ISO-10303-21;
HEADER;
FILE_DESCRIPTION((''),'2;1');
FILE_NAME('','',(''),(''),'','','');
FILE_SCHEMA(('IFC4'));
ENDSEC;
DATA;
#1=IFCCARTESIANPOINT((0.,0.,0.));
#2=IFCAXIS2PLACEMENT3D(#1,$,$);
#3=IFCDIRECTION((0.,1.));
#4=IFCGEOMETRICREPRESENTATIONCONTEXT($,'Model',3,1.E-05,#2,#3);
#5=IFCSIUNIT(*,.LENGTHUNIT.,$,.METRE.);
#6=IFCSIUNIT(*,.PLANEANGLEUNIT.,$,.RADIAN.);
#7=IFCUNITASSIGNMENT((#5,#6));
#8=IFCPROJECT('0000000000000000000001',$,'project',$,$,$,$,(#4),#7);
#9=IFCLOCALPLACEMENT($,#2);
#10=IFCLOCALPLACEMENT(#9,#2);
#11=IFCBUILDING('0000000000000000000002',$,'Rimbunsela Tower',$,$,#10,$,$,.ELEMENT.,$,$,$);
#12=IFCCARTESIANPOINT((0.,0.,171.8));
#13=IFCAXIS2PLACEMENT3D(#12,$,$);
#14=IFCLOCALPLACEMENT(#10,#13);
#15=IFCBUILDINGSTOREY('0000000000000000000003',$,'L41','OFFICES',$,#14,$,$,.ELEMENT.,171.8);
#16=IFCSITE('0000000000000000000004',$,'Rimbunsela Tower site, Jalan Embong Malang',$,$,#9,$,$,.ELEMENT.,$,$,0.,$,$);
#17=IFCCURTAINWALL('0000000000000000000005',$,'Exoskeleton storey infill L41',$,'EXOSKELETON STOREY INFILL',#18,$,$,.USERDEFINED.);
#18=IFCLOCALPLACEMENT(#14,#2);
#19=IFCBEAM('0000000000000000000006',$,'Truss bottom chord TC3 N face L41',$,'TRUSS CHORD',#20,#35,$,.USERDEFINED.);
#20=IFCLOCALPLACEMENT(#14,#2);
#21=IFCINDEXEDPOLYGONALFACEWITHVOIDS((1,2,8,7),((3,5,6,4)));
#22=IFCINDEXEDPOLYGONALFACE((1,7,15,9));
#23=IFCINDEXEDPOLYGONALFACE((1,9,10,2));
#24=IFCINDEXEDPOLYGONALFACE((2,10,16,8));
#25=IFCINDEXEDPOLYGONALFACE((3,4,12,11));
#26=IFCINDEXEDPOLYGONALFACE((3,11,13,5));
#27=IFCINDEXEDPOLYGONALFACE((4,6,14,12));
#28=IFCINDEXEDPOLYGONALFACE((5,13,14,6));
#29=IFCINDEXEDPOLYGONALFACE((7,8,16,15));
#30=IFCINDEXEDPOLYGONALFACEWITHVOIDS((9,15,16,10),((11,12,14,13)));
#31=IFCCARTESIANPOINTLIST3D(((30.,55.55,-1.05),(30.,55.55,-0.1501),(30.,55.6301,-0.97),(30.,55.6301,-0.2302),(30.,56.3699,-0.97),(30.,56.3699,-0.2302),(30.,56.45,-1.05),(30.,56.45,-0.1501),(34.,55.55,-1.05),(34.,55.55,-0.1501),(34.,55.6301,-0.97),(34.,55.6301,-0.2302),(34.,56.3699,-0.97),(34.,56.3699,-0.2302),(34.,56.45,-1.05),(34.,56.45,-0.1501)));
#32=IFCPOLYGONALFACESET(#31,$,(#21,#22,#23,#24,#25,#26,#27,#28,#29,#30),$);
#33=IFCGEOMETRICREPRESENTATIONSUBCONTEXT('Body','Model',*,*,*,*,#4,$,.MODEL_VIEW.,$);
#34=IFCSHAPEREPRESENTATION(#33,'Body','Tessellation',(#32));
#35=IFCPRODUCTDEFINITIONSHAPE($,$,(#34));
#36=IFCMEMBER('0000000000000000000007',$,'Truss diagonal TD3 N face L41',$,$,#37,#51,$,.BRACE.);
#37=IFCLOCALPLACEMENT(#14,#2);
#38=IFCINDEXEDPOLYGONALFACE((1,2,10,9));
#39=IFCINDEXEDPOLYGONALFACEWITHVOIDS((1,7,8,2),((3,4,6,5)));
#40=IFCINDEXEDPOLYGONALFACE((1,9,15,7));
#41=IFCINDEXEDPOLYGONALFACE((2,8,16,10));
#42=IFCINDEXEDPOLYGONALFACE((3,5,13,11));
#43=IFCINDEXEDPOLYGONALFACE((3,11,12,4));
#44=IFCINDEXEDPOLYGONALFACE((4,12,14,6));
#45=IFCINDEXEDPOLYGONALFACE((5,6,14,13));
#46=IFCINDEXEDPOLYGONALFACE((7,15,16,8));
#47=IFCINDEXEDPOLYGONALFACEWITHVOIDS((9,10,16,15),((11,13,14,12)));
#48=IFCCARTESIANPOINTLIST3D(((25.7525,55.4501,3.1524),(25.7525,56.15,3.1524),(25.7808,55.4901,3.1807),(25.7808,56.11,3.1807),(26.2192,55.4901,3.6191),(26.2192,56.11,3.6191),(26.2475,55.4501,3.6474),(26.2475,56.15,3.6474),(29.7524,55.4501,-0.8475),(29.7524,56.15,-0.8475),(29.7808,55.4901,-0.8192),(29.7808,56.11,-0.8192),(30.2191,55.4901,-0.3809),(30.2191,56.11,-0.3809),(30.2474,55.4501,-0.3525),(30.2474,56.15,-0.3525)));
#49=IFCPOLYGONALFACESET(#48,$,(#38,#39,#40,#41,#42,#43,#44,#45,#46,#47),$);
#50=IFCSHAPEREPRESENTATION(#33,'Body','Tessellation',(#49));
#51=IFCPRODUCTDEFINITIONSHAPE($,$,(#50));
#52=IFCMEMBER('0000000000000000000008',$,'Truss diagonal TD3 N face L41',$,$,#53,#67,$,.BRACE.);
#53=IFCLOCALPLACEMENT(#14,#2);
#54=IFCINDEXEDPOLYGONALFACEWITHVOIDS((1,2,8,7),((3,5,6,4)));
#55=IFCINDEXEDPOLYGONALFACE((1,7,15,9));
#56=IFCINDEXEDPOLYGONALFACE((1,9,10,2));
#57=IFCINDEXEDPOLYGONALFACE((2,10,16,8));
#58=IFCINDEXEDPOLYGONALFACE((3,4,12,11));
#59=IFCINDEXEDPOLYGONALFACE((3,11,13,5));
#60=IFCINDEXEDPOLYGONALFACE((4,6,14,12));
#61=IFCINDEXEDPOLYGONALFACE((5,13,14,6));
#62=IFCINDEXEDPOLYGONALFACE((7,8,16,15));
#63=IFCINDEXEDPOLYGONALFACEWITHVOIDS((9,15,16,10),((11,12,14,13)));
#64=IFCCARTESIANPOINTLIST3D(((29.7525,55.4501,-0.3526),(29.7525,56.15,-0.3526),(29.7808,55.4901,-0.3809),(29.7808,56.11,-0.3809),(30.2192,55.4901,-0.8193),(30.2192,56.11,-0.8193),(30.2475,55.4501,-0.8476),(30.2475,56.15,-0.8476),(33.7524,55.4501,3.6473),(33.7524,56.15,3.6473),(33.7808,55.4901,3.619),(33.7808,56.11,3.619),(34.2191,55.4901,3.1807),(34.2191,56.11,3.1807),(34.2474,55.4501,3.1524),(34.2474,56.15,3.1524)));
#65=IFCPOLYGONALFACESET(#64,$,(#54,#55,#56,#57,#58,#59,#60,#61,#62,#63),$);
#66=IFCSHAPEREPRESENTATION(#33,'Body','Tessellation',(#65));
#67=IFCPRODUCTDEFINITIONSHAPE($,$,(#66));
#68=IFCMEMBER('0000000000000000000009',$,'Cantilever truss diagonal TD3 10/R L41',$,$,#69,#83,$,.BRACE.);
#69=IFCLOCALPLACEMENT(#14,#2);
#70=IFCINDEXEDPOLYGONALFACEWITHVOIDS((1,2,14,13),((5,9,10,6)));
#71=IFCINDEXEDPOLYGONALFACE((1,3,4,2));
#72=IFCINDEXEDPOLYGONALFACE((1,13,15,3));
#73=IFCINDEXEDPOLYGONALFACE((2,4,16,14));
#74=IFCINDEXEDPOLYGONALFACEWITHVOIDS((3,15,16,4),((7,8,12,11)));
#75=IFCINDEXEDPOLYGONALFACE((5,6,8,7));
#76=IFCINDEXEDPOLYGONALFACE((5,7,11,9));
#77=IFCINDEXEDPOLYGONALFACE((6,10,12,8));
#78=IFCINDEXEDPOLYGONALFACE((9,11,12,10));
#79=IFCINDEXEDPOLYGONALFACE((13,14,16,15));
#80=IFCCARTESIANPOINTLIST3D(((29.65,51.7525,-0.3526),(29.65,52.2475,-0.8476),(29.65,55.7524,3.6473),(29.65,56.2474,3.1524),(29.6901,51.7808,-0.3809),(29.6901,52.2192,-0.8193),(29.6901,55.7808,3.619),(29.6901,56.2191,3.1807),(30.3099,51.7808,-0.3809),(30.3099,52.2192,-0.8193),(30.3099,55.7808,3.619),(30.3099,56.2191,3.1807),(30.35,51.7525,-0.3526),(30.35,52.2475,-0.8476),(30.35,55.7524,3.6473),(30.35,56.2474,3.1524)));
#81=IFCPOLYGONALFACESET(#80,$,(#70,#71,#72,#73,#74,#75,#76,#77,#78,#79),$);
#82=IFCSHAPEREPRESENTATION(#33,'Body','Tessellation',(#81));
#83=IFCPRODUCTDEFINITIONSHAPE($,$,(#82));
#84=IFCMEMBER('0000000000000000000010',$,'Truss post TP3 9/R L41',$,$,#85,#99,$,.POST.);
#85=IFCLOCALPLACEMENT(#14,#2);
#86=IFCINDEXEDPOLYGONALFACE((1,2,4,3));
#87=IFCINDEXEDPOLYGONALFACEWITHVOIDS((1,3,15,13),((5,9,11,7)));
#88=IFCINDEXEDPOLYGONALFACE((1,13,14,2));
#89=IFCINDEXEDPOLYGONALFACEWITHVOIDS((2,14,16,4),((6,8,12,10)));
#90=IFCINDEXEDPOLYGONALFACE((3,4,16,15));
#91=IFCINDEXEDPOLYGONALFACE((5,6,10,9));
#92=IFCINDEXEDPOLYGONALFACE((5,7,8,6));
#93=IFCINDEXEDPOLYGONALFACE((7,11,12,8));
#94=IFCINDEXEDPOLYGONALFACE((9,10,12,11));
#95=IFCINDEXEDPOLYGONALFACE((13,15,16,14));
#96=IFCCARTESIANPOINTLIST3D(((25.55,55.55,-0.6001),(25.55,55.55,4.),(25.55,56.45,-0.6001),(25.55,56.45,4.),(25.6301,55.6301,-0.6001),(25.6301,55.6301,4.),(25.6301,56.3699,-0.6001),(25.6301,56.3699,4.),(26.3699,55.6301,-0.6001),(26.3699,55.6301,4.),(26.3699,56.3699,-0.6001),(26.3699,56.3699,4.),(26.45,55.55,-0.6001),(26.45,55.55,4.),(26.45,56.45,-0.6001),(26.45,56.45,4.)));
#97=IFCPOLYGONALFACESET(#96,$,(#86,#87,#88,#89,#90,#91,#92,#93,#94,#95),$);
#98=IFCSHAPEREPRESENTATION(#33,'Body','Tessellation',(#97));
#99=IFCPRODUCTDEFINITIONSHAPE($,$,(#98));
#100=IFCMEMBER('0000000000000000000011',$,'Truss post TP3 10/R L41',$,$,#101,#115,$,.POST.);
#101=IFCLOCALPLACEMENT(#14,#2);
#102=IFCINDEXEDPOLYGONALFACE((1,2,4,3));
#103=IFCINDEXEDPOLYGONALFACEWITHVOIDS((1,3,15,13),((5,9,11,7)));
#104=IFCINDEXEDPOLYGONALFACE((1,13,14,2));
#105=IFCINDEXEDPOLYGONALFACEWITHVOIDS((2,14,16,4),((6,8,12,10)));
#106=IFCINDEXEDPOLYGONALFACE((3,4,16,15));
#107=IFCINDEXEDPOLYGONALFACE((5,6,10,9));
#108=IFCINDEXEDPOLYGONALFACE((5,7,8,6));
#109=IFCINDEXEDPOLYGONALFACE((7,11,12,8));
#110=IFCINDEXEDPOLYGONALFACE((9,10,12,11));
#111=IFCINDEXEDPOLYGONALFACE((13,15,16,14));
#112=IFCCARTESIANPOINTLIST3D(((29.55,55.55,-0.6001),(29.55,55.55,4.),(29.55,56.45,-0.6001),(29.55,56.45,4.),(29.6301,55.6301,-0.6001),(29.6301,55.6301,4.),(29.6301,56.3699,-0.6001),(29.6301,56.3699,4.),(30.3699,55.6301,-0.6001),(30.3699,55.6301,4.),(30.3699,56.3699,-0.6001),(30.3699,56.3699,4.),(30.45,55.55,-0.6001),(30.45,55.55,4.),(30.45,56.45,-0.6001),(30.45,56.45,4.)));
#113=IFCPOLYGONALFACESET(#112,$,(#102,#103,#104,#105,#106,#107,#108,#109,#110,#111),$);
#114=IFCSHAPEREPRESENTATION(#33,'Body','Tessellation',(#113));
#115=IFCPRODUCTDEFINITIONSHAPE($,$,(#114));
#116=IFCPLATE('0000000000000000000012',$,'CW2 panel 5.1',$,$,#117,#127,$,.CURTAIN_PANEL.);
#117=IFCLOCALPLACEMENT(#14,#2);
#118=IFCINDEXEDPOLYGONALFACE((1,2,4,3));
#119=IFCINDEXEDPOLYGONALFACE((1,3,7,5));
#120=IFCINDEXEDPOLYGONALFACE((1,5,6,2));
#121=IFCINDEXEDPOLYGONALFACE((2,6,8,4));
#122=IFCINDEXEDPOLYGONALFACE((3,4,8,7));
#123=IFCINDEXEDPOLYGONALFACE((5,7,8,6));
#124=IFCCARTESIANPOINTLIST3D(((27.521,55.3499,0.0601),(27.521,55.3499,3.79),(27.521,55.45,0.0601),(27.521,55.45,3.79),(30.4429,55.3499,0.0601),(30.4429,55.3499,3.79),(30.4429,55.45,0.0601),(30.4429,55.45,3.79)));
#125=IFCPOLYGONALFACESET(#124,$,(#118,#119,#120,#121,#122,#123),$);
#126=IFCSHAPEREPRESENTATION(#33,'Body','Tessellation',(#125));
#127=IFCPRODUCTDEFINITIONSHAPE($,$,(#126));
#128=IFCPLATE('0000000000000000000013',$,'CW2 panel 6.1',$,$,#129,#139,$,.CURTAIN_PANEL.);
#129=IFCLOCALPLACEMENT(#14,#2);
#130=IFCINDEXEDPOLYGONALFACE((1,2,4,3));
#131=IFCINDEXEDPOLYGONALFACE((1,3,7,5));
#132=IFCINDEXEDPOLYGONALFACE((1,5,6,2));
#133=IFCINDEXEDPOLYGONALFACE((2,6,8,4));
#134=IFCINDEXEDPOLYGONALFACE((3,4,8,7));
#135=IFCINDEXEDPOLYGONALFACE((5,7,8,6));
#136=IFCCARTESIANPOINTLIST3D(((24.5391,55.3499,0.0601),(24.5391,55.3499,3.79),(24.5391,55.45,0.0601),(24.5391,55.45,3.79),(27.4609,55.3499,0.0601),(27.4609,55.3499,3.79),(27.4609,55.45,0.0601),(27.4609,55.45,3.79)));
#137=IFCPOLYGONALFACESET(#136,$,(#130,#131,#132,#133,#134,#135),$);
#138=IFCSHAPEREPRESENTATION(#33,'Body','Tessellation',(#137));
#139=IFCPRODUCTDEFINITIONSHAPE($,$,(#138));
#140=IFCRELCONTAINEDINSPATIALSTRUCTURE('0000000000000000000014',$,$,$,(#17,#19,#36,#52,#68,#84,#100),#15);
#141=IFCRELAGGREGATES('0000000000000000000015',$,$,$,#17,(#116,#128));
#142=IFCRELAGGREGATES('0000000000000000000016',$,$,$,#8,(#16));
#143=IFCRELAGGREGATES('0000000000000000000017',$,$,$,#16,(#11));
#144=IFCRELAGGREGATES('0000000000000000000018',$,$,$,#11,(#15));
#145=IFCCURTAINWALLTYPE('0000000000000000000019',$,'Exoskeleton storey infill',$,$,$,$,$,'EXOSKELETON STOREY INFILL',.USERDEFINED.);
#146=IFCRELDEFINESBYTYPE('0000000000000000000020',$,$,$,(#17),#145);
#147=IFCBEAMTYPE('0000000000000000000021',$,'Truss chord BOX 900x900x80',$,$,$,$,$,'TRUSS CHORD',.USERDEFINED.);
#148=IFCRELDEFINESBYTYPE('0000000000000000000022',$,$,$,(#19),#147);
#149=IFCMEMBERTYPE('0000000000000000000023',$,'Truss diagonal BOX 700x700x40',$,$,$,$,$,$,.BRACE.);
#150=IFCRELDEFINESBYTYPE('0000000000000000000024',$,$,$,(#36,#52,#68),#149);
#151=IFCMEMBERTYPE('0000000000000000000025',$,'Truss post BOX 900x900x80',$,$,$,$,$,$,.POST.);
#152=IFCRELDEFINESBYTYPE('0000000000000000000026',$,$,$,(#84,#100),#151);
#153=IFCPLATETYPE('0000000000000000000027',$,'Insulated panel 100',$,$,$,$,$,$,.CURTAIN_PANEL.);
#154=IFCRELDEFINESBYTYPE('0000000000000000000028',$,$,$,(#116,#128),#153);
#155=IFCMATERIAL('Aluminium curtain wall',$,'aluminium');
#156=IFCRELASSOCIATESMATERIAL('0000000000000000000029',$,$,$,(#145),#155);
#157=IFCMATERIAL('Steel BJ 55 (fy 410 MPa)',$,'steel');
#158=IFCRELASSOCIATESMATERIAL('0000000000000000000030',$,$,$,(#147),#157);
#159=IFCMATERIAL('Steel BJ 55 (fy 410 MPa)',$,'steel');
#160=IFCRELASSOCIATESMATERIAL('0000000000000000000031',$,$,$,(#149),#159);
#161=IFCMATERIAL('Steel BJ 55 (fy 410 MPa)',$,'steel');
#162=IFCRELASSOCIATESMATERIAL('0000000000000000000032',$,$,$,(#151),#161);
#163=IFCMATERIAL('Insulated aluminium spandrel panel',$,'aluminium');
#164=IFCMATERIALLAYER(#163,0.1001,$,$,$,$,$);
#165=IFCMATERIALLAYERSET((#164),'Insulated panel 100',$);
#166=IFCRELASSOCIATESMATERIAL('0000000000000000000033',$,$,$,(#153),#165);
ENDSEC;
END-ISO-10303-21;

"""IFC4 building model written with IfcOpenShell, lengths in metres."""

from ifc_helpers import new_model, si_unit, direction, frame, origin, origin_2d, place, context, subcontext, project, spatial, rectangle, hollow_rectangle, extrude, material, layer, layer_set, material_profile, profile_set, type_object, element, aggregate, save


model = new_model("IFC4")

# Units and contexts
model_context = context("Model", 3, precision=1e-05, world=origin(), true_north=direction((0.0, 1.0)))
body_context = subcontext(model_context, "Body", "Model", "MODEL_VIEW")
ifc_project = project(units=[si_unit("LENGTHUNIT", "METRE"), si_unit("PLANEANGLEUNIT", "RADIAN")], contexts=[model_context])

# Site, building, storey
site_placement = place(None, origin())
site = spatial("IfcSite", under=ifc_project, at=site_placement, Name="Rimbunsela Tower site, Jalan Embong Malang", CompositionType="ELEMENT", RefElevation=0.0)
building_placement = place(site_placement, origin())
building = spatial("IfcBuilding", under=site, at=building_placement, Name="Rimbunsela Tower", CompositionType="ELEMENT")
storey_placement = place(building_placement, frame((0.0, 0.0, 171.8)))
storey = spatial("IfcBuildingStorey", under=building, at=storey_placement, Name="L41", Description="OFFICES", CompositionType="ELEMENT", Elevation=171.8)

# Curtain wall
ifc_material_1 = material(Name="Aluminium curtain wall", Category="aluminium")
curtain_wall_type = type_object("IfcCurtainWallType", Name="Exoskeleton storey infill", ElementType="EXOSKELETON STOREY INFILL", PredefinedType="USERDEFINED", material=ifc_material_1)
curtain_wall_placement = place(storey_placement, origin())
curtain_wall = element("IfcCurtainWall", 1, at=curtain_wall_placement, inside=storey, type_object=curtain_wall_type, Name="Exoskeleton storey infill L41", ObjectType="EXOSKELETON STOREY INFILL", PredefinedType="USERDEFINED")

# Beam
ifc_material_2 = material(Name="Steel BJ 55 (fy 410 MPa)", Category="steel")
ifc_material_profile_1 = material_profile(ifc_material_2, hollow_rectangle(XDim=0.8999, YDim=0.8999, WallThickness=0.0801, at=origin_2d()), Name="BOX 900x900x80")
ifc_profile_set_1 = profile_set([ifc_material_profile_1], Name="Steel BJ 55 (fy 410 MPa)")
beam_type_1 = type_object("IfcBeamType", Name="Truss chord BOX 900x900x80", ElementType="TRUSS CHORD", PredefinedType="USERDEFINED", material=ifc_profile_set_1)
for number, where, z_axis, x_axis, name in (
    (2, (30.0, 56.0, -0.6001), (1.0, 0.0, 0.0), (0.0, 1.0, 0.0), "Truss bottom chord TC3 N face L41"),
):
    element("IfcBeam", number, at=place(storey_placement, frame(where, z_axis=z_axis, x_axis=x_axis)), inside=storey, type_object=beam_type_1, Name=name, ObjectType="TRUSS CHORD", PredefinedType="USERDEFINED", context=body_context, shape_type="SweptSolid", body=[
        extrude(hollow_rectangle(XDim=0.8999, YDim=0.8999, WallThickness=0.0801, at=origin_2d()), origin(), (0.0, 0.0, 1.0), 4.0),
    ])

# Members
ifc_material_3 = material(Name="Steel BJ 55 (fy 410 MPa)", Category="steel")
ifc_material_profile_2 = material_profile(ifc_material_3, hollow_rectangle(XDim=0.7, YDim=0.7, WallThickness=0.04, at=origin_2d()), Name="BOX 700x700x40")
ifc_profile_set_2 = profile_set([ifc_material_profile_2], Name="Steel BJ 55 (fy 410 MPa)")
member_type_1 = type_object("IfcMemberType", Name="Truss diagonal BOX 700x700x40", PredefinedType="BRACE", material=ifc_profile_set_2)
for number, where, z_axis, x_axis, name in (
    (3, (26.0, 55.8, 3.3999), (0.707107, 0.0, -0.707107), (0.0, 1.0, 0.0), "Truss diagonal TD3 N face L41"),
    (4, (30.0, 55.8, -0.6001), (0.707107, 0.0, 0.707107), (0.0, 1.0, 0.0), "Truss diagonal TD3 N face L41"),
    (5, (30.0, 52.0, -0.6001), (0.0, 0.707107, 0.707107), (-1.0, 0.0, 0.0), "Cantilever truss diagonal TD3 10/R L41"),
):
    element("IfcMember", number, at=place(storey_placement, frame(where, z_axis=z_axis, x_axis=x_axis)), inside=storey, type_object=member_type_1, Name=name, PredefinedType="BRACE", context=body_context, shape_type="SweptSolid", body=[
        extrude(hollow_rectangle(XDim=0.7, YDim=0.7, WallThickness=0.04, at=origin_2d()), origin(), (0.0, 0.0, 1.0), 5.6567),
    ])
ifc_material_4 = material(Name="Steel BJ 55 (fy 410 MPa)", Category="steel")
ifc_material_profile_3 = material_profile(ifc_material_4, hollow_rectangle(XDim=0.8999, YDim=0.8999, WallThickness=0.0801, at=origin_2d()), Name="BOX 900x900x80")
ifc_profile_set_3 = profile_set([ifc_material_profile_3], Name="Steel BJ 55 (fy 410 MPa)")
member_type_2 = type_object("IfcMemberType", Name="Truss post BOX 900x900x80", PredefinedType="POST", material=ifc_profile_set_3)
for number, where, z_axis, x_axis, name in (
    (6, (26.0, 56.0, -0.6001), (0.0, 0.0, 1.0), (1.0, 0.0, 0.0), "Truss post TP3 9/R L41"),
    (7, (30.0, 56.0, -0.6001), (0.0, 0.0, 1.0), (1.0, 0.0, 0.0), "Truss post TP3 10/R L41"),
):
    element("IfcMember", number, at=place(storey_placement, frame(where, z_axis=z_axis, x_axis=x_axis)), inside=storey, type_object=member_type_2, Name=name, PredefinedType="POST", context=body_context, shape_type="SweptSolid", body=[
        extrude(hollow_rectangle(XDim=0.8999, YDim=0.8999, WallThickness=0.0801, at=origin_2d()), origin(), (0.0, 0.0, 1.0), 4.6001),
    ])

# Plates
ifc_material_5 = material(Name="Insulated aluminium spandrel panel", Category="aluminium")
ifc_layer = layer(ifc_material_5, 0.1001)
ifc_layer_set = layer_set([ifc_layer], Name="Insulated panel 100")
plate_type = type_object("IfcPlateType", Name="Insulated panel 100", PredefinedType="CURTAIN_PANEL", material=ifc_layer_set)
plate_1_placement = place(storey_placement, frame((28.9819, 55.3999, 0.0601), z_axis=(0.0, 0.0, 1.0), x_axis=(-1.0, 0.0, 0.0)))
plate_1 = element("IfcPlate", 8, at=plate_1_placement, type_object=plate_type, Name="CW2 panel 5.1", PredefinedType="CURTAIN_PANEL", context=body_context, shape_type="SweptSolid", body=[
    extrude(rectangle(XDim=2.9219, YDim=0.1001, at=origin_2d()), origin(), (0.0, 0.0, 1.0), 3.73),
])
plate_2_placement = place(storey_placement, frame((26.0, 55.3999, 0.0601), z_axis=(0.0, 0.0, 1.0), x_axis=(-1.0, 0.0, 0.0)))
plate_2 = element("IfcPlate", 9, at=plate_2_placement, type_object=plate_type, Name="CW2 panel 6.1", PredefinedType="CURTAIN_PANEL", context=body_context, shape_type="SweptSolid", body=[
    extrude(rectangle(XDim=2.9219, YDim=0.1001, at=origin_2d()), origin(), (0.0, 0.0, 1.0), 3.73),
])
aggregate(curtain_wall, [plate_1, plate_2])

save(model, "model.ifc")
